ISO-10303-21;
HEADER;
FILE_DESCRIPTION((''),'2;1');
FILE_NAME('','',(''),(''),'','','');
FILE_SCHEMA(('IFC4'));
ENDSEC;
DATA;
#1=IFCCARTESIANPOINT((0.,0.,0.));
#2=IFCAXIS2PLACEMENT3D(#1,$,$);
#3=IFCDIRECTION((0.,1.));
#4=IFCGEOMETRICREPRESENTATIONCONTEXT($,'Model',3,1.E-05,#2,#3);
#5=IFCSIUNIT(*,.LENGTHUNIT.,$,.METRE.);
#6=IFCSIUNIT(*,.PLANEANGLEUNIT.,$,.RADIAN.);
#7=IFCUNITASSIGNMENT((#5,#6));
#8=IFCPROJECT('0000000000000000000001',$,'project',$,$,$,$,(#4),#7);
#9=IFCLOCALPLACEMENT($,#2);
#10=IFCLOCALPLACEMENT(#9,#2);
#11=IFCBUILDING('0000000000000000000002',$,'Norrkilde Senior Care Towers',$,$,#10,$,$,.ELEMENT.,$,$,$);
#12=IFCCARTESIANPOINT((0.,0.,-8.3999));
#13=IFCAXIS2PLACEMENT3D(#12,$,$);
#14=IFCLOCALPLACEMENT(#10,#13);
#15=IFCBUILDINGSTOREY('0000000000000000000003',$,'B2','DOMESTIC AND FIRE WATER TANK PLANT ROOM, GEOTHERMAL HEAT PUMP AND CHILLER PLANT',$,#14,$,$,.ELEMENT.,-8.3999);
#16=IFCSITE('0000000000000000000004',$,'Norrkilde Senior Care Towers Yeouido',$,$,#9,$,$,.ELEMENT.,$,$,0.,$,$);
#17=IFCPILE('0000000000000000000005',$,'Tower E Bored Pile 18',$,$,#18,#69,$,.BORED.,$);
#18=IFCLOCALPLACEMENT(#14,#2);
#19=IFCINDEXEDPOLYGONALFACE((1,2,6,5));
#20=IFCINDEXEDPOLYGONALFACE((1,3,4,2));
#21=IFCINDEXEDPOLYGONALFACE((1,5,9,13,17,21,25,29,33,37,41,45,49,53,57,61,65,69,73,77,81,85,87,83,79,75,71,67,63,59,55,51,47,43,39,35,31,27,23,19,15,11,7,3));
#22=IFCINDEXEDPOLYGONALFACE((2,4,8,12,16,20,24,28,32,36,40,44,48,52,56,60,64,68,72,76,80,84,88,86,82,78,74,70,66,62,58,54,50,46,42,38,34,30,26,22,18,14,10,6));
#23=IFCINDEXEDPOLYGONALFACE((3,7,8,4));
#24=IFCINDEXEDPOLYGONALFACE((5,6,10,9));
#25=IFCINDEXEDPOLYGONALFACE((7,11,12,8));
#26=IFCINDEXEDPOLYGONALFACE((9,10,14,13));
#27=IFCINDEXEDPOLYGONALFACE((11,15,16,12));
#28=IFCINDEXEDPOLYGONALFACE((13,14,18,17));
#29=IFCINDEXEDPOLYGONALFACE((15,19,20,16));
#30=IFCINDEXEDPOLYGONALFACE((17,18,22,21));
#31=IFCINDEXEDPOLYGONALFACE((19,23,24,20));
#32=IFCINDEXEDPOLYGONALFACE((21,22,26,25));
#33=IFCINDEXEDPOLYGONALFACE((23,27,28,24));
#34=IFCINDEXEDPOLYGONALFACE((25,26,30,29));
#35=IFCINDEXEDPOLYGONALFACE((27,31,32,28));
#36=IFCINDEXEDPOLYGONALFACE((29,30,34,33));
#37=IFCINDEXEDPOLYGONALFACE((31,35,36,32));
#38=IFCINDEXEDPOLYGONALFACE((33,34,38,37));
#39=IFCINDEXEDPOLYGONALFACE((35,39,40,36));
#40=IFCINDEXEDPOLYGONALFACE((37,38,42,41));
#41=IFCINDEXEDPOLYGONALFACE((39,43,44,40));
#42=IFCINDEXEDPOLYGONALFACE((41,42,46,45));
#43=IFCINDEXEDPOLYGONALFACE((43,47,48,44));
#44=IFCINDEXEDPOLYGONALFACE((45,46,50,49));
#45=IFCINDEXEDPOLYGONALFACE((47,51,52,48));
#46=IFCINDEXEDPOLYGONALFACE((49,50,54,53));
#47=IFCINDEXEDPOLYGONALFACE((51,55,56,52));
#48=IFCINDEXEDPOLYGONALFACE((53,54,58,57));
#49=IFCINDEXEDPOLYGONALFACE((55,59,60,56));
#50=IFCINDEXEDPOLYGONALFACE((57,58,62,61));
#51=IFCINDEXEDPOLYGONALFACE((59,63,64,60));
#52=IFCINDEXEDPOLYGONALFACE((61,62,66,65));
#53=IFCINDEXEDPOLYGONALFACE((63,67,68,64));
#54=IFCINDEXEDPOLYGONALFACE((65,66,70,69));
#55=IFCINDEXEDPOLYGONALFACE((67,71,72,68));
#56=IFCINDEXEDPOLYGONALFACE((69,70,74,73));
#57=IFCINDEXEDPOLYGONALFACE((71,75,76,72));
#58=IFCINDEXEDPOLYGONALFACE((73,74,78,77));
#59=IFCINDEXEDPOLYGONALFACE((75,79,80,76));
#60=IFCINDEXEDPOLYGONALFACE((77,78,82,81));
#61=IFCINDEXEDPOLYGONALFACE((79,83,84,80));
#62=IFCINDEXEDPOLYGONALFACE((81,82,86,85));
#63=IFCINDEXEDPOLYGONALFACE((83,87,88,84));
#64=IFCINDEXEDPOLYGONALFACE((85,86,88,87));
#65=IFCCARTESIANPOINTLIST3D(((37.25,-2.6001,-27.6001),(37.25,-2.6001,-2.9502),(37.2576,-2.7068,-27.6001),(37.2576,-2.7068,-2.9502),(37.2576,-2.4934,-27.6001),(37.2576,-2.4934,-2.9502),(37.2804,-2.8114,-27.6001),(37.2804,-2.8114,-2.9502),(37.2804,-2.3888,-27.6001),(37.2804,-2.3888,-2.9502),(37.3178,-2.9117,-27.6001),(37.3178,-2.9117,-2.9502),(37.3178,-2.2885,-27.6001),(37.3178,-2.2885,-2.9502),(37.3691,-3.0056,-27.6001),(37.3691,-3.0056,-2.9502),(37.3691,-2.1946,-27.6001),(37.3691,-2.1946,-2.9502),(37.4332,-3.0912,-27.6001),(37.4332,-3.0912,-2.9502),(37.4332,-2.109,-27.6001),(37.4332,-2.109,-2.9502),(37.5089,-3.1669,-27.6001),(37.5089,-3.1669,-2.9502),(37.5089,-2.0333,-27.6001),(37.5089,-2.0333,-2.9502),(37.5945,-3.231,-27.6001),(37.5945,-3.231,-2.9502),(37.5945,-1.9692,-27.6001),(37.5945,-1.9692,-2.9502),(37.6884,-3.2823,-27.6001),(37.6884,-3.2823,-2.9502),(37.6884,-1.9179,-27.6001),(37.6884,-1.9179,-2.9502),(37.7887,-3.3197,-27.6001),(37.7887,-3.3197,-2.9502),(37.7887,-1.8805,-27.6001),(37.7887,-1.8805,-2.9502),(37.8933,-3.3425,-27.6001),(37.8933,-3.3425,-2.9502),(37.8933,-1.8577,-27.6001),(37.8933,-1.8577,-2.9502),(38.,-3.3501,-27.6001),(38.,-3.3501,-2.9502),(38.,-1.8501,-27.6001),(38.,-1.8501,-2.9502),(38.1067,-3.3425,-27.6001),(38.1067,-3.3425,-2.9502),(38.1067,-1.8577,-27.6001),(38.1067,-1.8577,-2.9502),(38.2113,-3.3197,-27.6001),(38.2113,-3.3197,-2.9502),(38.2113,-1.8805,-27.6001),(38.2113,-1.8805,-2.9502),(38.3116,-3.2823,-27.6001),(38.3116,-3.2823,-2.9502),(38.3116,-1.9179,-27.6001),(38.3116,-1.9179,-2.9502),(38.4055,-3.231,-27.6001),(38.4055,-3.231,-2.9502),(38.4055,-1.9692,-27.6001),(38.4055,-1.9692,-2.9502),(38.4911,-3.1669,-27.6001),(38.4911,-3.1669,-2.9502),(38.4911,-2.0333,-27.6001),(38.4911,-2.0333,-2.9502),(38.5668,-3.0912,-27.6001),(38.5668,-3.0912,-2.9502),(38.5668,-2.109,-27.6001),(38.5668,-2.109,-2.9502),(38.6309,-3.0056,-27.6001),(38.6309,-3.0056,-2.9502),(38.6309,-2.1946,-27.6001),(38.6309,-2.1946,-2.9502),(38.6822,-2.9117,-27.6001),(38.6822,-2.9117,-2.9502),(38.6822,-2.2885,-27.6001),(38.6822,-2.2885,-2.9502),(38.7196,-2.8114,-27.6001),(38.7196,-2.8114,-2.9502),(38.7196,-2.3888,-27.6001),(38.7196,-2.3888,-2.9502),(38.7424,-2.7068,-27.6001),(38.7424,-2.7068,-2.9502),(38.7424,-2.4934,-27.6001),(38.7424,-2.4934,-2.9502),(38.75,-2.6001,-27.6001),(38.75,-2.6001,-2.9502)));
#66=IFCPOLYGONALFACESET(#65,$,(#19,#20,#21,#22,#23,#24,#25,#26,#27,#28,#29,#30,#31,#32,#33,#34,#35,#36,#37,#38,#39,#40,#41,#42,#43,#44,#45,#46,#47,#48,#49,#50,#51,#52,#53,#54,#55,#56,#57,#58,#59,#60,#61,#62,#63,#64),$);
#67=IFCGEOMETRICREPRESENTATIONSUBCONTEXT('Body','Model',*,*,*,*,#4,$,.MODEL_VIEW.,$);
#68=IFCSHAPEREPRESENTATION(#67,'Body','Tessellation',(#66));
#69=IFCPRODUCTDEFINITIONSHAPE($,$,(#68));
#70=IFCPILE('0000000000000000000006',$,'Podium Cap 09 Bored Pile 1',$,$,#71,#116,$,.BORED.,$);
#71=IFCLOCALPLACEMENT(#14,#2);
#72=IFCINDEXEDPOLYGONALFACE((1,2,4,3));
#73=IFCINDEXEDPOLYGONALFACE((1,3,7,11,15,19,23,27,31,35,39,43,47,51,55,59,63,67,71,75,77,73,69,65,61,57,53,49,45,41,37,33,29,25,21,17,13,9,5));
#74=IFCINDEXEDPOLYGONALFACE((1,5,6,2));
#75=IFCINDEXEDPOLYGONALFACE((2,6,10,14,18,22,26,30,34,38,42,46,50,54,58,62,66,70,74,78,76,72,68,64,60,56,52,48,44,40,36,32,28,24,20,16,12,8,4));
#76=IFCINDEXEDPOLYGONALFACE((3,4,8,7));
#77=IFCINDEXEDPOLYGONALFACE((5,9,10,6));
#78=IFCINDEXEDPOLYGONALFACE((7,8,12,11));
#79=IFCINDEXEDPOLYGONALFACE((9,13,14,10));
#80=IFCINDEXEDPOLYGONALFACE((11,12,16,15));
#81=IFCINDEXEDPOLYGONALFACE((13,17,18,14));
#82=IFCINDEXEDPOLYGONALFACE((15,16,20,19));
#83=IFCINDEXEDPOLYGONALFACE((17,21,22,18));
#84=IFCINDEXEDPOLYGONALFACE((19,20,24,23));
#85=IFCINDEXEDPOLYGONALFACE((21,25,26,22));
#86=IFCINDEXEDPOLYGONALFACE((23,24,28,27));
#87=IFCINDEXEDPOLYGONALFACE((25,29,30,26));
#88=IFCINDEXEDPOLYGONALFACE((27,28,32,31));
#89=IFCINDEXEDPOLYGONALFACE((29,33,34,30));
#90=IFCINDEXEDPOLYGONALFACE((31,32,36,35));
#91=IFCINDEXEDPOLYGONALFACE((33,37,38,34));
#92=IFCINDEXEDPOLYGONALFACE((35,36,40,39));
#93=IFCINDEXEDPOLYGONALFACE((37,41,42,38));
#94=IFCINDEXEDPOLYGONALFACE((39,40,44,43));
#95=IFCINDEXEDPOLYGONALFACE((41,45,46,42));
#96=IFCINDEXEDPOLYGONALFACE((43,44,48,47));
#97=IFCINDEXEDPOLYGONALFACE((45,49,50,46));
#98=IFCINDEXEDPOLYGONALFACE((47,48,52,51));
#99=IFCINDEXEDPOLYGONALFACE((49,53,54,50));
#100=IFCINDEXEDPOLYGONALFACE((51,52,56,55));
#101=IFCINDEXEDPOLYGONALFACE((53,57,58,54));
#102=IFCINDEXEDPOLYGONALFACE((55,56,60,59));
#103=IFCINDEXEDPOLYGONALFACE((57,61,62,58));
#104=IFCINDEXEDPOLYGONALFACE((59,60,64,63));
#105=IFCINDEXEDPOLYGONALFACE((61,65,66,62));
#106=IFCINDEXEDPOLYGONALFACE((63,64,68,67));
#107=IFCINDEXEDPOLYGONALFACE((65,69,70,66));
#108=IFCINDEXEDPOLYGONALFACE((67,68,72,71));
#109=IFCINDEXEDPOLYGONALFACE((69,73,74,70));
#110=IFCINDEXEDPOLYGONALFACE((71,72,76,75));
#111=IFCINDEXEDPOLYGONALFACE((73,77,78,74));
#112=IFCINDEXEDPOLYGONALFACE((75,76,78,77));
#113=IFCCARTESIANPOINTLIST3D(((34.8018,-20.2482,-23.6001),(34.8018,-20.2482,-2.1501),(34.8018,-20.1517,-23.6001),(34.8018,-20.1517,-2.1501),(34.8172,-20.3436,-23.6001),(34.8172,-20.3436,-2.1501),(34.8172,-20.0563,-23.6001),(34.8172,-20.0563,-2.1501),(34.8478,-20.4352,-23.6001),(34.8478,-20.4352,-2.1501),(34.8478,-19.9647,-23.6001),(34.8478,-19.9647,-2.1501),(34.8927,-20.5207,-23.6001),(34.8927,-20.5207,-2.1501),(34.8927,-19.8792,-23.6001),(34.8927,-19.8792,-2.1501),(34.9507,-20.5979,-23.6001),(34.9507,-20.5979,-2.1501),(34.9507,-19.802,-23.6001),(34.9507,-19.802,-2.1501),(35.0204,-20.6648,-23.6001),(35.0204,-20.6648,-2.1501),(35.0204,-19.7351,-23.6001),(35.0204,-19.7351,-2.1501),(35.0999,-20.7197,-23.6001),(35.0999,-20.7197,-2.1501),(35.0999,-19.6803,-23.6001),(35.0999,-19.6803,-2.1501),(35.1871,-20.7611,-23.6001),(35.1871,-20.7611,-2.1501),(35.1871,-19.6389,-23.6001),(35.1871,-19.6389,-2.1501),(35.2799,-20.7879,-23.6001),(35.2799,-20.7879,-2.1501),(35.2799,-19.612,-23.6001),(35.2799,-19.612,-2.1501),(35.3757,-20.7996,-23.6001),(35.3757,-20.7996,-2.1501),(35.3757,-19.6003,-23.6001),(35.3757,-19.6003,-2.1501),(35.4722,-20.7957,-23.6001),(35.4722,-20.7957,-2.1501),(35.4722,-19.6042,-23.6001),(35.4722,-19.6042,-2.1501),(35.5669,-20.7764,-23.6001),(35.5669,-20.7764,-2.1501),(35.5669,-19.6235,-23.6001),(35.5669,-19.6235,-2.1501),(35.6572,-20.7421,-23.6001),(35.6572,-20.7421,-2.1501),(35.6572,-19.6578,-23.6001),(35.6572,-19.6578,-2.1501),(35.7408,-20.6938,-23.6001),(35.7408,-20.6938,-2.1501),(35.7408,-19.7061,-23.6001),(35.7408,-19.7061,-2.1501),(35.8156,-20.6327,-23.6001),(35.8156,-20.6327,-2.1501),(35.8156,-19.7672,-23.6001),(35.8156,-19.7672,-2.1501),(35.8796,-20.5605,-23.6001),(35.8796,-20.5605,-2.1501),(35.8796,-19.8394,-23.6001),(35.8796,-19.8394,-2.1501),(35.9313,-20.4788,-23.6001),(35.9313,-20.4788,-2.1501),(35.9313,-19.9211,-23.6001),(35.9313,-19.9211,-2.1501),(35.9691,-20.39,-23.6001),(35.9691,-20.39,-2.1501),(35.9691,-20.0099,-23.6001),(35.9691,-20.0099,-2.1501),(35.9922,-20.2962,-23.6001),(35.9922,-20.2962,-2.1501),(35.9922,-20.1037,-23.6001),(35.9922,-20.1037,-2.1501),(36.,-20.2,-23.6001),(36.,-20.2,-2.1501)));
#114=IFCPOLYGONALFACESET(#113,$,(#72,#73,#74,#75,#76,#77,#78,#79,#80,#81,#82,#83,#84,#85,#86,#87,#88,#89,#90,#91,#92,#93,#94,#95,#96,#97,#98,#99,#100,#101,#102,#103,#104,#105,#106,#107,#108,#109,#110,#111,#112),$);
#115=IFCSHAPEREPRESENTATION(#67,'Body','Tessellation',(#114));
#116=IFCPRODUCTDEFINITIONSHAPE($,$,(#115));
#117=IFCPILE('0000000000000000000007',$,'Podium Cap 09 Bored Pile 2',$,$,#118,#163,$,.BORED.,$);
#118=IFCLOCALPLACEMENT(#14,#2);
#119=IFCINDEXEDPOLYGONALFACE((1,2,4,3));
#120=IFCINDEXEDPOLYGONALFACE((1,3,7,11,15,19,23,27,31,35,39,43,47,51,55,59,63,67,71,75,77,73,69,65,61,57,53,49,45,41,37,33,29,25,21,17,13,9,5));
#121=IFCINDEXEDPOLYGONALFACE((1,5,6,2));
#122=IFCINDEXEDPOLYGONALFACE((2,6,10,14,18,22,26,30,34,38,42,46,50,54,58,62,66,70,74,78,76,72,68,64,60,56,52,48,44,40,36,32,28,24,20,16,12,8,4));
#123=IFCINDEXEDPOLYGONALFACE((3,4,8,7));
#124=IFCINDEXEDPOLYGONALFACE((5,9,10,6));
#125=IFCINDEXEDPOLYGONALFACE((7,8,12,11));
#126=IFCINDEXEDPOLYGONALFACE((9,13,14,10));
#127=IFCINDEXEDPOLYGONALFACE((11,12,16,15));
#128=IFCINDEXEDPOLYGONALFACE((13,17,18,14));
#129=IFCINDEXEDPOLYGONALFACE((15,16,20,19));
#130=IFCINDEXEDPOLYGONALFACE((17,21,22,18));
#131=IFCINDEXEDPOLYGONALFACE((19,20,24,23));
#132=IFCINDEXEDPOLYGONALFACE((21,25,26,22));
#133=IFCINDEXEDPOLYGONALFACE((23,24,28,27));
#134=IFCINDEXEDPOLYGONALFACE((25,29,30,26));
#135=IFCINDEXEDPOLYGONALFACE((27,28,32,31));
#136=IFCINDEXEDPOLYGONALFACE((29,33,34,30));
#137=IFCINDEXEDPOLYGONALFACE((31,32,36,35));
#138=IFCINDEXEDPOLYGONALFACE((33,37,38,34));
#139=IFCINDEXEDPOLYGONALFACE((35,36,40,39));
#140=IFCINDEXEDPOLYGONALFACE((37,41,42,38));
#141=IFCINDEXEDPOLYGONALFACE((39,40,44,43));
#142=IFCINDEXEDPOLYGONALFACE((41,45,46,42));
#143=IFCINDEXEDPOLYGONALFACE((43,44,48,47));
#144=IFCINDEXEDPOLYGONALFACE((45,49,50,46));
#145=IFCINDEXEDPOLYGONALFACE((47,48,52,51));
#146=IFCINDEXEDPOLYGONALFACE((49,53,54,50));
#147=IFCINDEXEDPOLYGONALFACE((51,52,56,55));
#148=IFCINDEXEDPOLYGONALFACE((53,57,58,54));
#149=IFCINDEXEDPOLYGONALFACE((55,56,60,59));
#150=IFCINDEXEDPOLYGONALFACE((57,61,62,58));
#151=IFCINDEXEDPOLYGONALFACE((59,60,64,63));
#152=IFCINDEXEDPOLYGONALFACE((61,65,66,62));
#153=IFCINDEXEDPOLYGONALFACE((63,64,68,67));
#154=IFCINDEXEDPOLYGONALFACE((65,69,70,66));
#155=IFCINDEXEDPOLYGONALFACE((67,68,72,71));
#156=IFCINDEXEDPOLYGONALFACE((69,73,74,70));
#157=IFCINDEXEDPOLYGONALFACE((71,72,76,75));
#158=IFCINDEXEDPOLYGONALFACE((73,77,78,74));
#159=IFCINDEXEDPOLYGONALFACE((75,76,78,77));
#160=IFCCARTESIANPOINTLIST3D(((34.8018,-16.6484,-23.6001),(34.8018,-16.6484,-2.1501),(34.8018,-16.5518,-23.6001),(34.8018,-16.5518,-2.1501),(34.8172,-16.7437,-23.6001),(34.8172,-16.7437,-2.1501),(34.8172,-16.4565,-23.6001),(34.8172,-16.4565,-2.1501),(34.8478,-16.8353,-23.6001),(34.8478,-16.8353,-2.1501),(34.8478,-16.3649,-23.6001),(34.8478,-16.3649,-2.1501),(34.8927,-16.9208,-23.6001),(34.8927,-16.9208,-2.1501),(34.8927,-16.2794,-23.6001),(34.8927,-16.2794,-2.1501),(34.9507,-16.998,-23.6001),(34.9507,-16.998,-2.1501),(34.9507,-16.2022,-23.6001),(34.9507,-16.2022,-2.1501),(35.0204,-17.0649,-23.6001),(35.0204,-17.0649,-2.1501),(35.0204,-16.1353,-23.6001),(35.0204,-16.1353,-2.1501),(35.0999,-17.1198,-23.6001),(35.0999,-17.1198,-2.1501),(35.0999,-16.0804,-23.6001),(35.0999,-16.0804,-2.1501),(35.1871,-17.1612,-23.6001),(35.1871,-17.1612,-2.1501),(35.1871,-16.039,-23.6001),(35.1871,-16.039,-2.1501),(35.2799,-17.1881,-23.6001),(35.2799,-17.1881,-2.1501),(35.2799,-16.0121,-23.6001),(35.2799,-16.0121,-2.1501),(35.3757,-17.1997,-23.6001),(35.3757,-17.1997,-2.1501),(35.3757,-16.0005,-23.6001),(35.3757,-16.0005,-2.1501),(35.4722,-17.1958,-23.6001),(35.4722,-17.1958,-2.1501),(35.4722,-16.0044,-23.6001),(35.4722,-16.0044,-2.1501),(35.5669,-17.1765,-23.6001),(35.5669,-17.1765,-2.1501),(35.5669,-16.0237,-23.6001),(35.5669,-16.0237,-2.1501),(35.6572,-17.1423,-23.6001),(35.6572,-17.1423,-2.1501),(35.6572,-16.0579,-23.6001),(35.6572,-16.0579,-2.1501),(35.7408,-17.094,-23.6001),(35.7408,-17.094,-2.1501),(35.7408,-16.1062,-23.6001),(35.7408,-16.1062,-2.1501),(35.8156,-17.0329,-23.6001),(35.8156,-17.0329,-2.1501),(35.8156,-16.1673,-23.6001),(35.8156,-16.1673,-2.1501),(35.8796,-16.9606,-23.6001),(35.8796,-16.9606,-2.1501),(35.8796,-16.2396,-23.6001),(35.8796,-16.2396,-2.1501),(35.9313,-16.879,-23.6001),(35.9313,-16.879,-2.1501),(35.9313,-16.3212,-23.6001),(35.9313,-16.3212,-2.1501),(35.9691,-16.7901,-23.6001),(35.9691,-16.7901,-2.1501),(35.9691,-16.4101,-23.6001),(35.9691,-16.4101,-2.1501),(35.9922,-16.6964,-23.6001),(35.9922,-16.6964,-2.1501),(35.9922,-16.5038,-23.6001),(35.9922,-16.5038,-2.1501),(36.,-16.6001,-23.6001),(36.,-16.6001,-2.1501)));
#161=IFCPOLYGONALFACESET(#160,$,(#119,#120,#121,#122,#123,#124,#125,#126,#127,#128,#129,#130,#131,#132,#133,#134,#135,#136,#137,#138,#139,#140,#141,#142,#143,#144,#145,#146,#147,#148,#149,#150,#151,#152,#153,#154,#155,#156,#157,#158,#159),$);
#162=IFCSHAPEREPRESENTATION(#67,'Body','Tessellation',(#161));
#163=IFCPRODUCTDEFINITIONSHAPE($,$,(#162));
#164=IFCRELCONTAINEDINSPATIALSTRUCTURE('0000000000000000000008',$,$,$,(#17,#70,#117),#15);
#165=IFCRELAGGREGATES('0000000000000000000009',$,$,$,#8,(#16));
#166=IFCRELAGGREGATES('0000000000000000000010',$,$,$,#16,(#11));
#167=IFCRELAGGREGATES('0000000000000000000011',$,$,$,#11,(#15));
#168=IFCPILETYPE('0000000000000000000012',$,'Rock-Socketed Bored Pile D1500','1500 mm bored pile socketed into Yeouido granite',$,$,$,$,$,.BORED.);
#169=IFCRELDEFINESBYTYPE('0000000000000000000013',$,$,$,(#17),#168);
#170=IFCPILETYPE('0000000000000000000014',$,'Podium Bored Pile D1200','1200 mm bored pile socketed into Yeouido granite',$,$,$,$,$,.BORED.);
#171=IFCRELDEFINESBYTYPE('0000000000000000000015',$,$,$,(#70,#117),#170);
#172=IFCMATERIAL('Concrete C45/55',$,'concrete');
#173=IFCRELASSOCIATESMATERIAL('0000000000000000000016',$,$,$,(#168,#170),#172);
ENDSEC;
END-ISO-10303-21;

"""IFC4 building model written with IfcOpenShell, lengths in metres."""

from ifc_helpers import new_model, si_unit, direction, frame, origin, origin_2d, place, context, subcontext, project, spatial, circle, extrude, source, transform, mapped, material, material_profile, profile_set, type_object, type_shapes, element, save


model = new_model("IFC4")

# Units and contexts
model_context = context("Model", 3, precision=1e-05, world=origin(), true_north=direction((0.0, 1.0)))
body_context = subcontext(model_context, "Body", "Model", "MODEL_VIEW")
ifc_project = project(units=[si_unit("LENGTHUNIT", "METRE"), si_unit("PLANEANGLEUNIT", "RADIAN")], contexts=[model_context])

# Site, building, storey
site_placement = place(None, origin())
site = spatial("IfcSite", under=ifc_project, at=site_placement, Name="Norrkilde Senior Care Towers Yeouido", CompositionType="ELEMENT", RefElevation=0.0)
building_placement = place(site_placement, origin())
building = spatial("IfcBuilding", under=site, at=building_placement, Name="Norrkilde Senior Care Towers", CompositionType="ELEMENT")
storey_placement = place(building_placement, frame((0.0, 0.0, -8.3999)))
storey = spatial("IfcBuildingStorey", under=building, at=storey_placement, Name="B2", Description="DOMESTIC AND FIRE WATER TANK PLANT ROOM, GEOTHERMAL HEAT PUMP AND CHILLER PLANT", CompositionType="ELEMENT", Elevation=-8.3999)

# Piles
ifc_material_1 = material(Name="Concrete C45/55", Category="concrete")
ifc_material_profile_1 = material_profile(ifc_material_1, circle(Radius=0.75, at=origin_2d()), Name="BORED PILE 1500")
ifc_profile_set_1 = profile_set([ifc_material_profile_1], Name="Concrete C45/55")
pile_type_1 = type_object("IfcPileType", Name="Rock-Socketed Bored Pile D1500", Description="1500 mm bored pile socketed into Yeouido granite", PredefinedType="BORED", material=ifc_profile_set_1)
shared_shape_1 = source(origin(), body_context, "Body", "SweptSolid", [
    extrude(circle(Radius=0.75, at=origin_2d()), origin(), (0.0, 0.0, 1.0), 24.6499),
])
type_shapes(pile_type_1, [shared_shape_1])
for number, where, z_axis, x_axis, name in (
    (1, (38.0, -2.6001, -2.9502), (0.0, 0.0, -1.0), (1.0, 0.0, 0.0), "Tower E Bored Pile 18"),
):
    element("IfcPile", number, at=place(storey_placement, frame(where, z_axis=z_axis, x_axis=x_axis)), inside=storey, type_object=pile_type_1, Name=name, PredefinedType="BORED", context=body_context, shape_type="MappedRepresentation", body=[
        mapped(shared_shape_1, transform((0.0, 0.0, 0.0), x_axis=(1.0, 0.0, 0.0), y_axis=(0.0, 1.0, 0.0), z_axis=(0.0, 0.0, 1.0), scale=1.0)),
    ])
ifc_material_profile_2 = material_profile(ifc_material_1, circle(Radius=0.6001, at=origin_2d()), Name="BORED PILE 1200")
ifc_profile_set_2 = profile_set([ifc_material_profile_2], Name="Concrete C45/55")
pile_type_2 = type_object("IfcPileType", Name="Podium Bored Pile D1200", Description="1200 mm bored pile socketed into Yeouido granite", PredefinedType="BORED", material=ifc_profile_set_2)
shared_shape_2 = source(origin(), body_context, "Body", "SweptSolid", [
    extrude(circle(Radius=0.6001, at=origin_2d()), origin(), (0.0, 0.0, 1.0), 21.45),
])
for number, where, z_axis, x_axis, name in (
    (2, (35.3999, -20.2, -2.1501), (0.0, 0.0, -1.0), (1.0, 0.0, 0.0), "Podium Cap 09 Bored Pile 1"),
    (3, (35.3999, -16.6001, -2.1501), (0.0, 0.0, -1.0), (1.0, 0.0, 0.0), "Podium Cap 09 Bored Pile 2"),
):
    element("IfcPile", number, at=place(storey_placement, frame(where, z_axis=z_axis, x_axis=x_axis)), inside=storey, type_object=pile_type_2, Name=name, PredefinedType="BORED", context=body_context, shape_type="MappedRepresentation", body=[
        mapped(shared_shape_2, transform((0.0, 0.0, 0.0), x_axis=(1.0, 0.0, 0.0), y_axis=(0.0, 1.0, 0.0), z_axis=(0.0, 0.0, 1.0), scale=1.0)),
    ])

save(model, "model.ifc")
